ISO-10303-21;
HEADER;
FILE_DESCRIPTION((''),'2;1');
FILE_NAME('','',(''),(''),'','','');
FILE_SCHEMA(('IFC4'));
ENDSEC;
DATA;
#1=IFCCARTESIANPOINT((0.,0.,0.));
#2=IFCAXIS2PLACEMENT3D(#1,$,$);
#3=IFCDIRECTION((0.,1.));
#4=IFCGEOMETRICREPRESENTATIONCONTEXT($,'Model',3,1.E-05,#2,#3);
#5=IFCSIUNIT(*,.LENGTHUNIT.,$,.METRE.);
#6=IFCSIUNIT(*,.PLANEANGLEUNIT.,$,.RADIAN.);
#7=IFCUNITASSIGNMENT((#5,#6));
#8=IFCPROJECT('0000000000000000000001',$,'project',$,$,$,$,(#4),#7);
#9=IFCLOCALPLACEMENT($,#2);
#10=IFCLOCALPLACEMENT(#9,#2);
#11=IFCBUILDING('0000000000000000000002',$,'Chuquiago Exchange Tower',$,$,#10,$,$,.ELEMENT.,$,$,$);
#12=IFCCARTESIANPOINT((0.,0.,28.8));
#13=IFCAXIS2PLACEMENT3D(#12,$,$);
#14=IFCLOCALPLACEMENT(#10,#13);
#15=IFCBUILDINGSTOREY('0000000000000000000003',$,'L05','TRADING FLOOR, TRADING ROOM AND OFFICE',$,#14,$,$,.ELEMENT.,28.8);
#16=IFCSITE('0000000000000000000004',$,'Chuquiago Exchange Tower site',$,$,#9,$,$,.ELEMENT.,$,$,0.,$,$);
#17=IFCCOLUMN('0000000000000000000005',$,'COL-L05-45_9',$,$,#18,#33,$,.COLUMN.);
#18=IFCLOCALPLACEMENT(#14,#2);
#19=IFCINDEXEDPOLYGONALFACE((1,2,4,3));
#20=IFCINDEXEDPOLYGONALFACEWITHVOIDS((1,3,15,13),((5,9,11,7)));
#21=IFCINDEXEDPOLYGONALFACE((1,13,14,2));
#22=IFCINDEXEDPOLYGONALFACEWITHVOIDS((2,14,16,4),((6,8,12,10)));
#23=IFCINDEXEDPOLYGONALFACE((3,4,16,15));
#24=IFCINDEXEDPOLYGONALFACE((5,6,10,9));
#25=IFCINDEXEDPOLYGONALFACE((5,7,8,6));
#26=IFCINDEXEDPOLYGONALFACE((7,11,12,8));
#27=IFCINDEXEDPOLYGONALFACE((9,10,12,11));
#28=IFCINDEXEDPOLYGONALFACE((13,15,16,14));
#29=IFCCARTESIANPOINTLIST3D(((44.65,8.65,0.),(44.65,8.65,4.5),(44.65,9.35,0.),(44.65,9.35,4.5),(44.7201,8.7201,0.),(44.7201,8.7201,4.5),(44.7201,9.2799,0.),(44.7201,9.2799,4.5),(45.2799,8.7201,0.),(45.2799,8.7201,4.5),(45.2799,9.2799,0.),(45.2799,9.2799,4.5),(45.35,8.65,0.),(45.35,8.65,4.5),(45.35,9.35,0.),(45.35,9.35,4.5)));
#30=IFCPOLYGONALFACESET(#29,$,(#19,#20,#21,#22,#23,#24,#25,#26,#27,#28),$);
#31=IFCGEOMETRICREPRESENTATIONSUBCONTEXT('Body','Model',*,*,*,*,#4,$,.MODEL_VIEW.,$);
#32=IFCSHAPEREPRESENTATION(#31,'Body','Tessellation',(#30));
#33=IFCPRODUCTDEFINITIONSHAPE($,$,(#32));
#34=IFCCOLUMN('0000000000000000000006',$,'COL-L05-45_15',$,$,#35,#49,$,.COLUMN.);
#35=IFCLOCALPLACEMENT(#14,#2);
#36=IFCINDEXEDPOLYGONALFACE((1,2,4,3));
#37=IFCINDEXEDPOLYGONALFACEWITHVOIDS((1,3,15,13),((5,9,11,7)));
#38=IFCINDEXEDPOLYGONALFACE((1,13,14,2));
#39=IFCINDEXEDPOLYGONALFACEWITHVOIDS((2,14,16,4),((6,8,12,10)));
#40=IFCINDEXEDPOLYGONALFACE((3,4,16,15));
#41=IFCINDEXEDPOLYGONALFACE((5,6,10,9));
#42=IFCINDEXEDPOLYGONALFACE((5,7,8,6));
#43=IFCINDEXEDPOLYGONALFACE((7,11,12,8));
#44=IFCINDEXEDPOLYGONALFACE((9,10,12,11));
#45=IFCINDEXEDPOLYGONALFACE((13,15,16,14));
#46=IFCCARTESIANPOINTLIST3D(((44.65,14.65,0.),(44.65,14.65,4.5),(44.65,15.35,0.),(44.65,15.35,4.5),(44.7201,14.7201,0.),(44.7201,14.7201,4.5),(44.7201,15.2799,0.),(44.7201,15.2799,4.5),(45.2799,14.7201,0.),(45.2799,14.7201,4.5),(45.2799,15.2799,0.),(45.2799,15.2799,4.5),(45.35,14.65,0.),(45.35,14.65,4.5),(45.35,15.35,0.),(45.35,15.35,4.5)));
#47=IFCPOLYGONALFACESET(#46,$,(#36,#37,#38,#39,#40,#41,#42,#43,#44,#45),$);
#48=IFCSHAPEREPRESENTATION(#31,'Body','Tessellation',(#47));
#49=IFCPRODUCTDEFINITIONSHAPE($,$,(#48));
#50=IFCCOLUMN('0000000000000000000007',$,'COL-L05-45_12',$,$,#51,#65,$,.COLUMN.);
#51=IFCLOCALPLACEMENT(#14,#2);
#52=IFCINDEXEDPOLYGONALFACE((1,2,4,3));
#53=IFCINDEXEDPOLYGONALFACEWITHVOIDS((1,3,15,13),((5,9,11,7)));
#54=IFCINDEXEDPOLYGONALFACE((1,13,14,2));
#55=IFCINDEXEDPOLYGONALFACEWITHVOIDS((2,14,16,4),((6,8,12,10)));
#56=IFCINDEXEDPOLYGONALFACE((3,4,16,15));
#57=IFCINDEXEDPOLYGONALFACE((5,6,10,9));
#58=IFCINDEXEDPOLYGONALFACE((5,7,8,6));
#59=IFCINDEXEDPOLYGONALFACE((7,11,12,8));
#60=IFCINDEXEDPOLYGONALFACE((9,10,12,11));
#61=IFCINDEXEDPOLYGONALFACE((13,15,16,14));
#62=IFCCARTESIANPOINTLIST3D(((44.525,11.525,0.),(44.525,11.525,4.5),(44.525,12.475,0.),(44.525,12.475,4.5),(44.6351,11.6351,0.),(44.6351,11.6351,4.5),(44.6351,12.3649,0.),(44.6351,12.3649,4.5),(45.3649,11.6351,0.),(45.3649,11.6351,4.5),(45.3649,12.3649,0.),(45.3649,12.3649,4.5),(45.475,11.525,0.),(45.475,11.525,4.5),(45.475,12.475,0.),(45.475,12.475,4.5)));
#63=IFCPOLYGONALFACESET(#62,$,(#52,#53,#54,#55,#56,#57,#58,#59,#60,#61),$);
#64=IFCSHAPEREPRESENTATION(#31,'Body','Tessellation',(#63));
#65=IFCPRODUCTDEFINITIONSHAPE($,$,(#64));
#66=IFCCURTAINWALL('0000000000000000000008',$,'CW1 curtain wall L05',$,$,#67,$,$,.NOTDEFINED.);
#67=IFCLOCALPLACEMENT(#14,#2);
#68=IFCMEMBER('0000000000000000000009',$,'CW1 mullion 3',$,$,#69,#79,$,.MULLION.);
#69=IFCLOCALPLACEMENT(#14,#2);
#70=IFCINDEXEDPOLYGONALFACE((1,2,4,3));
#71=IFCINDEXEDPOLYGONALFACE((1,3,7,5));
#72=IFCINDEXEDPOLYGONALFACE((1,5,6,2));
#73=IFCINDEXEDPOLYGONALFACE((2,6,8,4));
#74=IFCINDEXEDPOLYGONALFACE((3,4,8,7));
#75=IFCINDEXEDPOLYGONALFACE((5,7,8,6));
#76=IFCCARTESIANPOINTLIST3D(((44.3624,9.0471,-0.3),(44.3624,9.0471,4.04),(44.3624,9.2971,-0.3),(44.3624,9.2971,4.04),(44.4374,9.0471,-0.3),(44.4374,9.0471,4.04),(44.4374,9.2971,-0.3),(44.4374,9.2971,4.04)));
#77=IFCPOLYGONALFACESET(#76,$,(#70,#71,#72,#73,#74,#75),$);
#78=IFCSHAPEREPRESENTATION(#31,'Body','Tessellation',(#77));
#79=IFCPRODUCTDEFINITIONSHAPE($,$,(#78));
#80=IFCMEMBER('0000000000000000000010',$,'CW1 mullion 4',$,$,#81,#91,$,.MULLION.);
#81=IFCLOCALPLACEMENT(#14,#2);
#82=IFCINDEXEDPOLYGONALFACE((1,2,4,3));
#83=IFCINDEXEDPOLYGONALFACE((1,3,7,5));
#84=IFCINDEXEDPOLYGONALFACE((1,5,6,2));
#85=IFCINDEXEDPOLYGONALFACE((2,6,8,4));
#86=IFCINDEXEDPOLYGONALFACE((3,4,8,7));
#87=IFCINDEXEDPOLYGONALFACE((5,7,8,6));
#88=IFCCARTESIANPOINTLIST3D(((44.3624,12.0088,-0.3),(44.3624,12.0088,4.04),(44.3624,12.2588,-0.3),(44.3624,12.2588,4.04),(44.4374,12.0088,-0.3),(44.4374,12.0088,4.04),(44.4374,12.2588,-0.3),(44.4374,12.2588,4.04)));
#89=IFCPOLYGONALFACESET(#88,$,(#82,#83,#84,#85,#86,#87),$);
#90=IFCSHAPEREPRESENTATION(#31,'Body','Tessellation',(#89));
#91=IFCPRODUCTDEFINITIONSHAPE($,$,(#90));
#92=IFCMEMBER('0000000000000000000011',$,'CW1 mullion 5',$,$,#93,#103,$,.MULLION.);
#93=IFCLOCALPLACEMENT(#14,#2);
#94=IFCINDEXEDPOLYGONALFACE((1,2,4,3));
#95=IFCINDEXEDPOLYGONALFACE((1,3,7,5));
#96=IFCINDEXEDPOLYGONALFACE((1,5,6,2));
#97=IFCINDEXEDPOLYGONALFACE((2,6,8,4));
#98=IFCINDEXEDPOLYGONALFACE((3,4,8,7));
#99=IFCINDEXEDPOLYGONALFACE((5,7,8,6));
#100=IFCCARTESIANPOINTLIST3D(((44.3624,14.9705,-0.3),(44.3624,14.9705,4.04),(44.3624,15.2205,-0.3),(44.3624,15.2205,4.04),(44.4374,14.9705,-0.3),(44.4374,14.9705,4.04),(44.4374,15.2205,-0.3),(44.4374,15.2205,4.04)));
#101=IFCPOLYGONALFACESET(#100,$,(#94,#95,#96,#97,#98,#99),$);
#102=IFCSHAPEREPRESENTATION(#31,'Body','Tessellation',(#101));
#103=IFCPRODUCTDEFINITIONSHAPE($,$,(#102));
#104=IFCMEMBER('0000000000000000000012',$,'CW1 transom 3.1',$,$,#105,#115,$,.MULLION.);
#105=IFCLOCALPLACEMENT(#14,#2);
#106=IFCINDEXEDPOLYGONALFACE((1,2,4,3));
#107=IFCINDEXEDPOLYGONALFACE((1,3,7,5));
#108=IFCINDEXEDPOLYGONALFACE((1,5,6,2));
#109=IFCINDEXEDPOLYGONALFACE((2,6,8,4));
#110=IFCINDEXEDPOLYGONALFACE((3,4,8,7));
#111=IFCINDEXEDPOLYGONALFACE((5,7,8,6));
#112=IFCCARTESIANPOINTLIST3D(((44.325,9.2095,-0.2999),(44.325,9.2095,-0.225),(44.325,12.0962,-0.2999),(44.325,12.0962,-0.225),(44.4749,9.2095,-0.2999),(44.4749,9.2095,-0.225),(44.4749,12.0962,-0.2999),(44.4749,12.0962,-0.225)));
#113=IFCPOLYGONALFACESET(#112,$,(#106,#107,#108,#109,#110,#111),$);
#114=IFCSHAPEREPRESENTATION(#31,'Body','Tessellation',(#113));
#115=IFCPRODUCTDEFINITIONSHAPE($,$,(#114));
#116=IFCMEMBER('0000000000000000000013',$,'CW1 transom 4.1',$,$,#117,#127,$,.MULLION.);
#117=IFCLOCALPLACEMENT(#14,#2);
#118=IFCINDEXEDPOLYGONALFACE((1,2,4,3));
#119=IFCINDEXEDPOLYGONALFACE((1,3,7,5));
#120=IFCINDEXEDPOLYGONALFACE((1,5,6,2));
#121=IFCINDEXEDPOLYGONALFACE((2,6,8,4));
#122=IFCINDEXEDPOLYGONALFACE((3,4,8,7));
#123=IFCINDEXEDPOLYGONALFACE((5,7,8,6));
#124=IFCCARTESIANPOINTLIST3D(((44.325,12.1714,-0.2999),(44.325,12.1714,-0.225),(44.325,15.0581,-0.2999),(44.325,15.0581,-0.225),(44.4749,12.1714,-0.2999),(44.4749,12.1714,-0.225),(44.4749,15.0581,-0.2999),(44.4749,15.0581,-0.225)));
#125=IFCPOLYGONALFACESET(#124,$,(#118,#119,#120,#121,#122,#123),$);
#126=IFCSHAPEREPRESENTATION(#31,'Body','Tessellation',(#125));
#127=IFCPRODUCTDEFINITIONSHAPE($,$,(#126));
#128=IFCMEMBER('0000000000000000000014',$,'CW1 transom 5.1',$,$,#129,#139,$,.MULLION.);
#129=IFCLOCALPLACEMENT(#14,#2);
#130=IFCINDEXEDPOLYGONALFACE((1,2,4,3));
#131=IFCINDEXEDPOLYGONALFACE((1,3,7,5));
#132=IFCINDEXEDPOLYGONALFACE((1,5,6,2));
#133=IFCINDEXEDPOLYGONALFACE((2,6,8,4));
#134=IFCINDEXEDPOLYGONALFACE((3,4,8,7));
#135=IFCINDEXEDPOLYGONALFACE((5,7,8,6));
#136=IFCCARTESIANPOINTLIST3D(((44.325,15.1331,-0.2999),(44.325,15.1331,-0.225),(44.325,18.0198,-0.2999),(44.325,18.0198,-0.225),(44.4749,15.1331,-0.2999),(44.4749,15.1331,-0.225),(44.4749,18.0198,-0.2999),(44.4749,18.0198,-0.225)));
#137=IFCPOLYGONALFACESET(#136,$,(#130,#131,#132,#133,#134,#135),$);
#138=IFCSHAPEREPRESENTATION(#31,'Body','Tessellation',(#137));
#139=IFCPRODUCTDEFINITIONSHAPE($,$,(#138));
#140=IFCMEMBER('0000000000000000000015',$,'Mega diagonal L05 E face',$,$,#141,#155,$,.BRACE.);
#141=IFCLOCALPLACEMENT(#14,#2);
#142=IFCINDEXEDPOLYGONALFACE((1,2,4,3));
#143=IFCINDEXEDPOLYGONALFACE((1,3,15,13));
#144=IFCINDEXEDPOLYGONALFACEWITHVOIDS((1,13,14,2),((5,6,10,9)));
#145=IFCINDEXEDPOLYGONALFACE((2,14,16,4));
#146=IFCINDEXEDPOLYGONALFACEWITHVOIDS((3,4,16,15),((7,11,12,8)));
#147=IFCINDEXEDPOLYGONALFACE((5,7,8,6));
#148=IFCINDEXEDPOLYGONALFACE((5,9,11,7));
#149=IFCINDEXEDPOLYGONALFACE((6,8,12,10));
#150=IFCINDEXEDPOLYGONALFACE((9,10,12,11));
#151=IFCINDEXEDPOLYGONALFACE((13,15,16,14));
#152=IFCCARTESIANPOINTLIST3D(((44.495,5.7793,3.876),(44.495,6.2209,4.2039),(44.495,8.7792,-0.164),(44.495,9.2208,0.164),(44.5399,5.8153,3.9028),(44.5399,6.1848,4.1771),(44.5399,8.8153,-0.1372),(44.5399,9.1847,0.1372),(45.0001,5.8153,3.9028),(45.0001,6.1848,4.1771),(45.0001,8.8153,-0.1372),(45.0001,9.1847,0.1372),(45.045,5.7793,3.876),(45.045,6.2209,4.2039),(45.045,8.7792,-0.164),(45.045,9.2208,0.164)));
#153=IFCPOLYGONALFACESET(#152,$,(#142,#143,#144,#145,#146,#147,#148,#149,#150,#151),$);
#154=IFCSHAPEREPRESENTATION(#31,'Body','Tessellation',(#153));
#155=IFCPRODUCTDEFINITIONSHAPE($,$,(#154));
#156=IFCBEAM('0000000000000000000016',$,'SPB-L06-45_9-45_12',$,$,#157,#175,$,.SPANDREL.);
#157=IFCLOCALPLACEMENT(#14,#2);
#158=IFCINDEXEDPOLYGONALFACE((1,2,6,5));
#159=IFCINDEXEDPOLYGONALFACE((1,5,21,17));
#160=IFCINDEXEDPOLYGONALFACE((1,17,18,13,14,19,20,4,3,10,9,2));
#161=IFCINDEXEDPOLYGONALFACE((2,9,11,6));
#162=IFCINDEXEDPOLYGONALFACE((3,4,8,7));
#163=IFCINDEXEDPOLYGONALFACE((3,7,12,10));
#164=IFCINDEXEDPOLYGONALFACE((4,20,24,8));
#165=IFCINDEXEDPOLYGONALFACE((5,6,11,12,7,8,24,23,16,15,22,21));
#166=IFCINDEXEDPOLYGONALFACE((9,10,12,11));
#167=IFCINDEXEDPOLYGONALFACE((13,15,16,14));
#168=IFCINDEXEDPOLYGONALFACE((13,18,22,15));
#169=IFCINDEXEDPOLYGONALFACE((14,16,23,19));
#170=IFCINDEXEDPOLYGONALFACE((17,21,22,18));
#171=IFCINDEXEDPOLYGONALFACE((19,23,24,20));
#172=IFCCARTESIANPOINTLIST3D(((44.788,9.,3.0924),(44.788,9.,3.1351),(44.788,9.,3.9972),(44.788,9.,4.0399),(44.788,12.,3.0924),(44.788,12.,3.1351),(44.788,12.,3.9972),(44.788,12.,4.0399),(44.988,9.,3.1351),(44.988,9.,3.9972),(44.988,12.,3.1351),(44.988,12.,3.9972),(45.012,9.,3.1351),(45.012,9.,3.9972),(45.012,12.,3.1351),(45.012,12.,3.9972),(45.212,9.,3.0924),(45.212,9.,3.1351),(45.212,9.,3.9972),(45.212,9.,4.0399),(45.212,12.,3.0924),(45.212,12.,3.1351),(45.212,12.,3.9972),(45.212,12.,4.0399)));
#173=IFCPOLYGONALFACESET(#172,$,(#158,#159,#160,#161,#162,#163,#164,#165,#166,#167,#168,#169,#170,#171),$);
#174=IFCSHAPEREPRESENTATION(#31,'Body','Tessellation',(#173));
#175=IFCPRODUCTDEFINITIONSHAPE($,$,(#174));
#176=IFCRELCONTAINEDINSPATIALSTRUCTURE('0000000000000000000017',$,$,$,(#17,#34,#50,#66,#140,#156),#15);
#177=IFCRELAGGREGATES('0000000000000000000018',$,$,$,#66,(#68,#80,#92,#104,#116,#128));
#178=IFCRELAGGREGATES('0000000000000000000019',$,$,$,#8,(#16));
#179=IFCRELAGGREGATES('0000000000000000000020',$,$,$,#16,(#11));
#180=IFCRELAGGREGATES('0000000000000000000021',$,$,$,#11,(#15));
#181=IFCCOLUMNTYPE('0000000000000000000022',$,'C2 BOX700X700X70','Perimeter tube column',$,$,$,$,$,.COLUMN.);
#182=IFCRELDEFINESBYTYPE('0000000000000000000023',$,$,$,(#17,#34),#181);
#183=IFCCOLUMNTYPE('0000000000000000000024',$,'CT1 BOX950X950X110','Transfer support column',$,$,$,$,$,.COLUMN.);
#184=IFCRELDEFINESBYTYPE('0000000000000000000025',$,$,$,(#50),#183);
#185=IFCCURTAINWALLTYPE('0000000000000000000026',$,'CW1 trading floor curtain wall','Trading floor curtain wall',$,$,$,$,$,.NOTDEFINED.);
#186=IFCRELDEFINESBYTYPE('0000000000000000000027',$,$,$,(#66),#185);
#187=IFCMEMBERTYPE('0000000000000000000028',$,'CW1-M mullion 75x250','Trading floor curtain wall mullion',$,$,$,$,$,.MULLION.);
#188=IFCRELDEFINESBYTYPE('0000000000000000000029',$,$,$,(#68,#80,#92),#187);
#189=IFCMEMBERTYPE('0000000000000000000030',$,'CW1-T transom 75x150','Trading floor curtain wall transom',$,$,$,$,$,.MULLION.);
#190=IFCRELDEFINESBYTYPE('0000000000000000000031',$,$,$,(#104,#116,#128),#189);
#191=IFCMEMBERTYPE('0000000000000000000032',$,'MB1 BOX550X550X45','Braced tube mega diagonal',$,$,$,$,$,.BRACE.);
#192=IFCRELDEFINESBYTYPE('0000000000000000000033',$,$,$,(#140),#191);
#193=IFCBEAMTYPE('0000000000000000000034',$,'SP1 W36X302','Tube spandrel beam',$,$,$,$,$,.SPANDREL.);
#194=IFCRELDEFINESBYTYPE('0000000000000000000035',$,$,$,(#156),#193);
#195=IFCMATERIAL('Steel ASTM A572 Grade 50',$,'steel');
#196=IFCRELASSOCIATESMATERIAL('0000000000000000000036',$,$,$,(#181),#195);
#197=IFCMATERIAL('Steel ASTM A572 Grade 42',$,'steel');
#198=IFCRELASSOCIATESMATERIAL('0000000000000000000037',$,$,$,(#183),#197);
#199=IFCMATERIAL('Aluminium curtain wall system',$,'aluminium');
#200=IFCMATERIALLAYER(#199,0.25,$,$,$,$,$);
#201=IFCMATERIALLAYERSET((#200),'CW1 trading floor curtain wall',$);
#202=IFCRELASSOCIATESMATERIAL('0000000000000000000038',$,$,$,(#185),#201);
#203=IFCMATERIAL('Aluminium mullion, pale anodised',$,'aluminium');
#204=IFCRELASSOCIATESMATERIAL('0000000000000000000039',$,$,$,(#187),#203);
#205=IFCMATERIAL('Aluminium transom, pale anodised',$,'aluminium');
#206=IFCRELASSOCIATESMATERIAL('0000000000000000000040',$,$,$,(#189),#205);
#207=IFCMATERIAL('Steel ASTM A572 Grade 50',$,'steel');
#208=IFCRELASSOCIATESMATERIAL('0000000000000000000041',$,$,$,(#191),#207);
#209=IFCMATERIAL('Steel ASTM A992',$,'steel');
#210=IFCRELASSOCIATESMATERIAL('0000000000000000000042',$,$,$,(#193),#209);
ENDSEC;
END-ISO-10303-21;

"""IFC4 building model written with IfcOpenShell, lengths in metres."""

from ifc_helpers import new_model, si_unit, direction, frame, origin, origin_2d, place, context, subcontext, project, spatial, rectangle, hollow_rectangle, i_section, extrude, material, layer, layer_set, material_profile, profile_set, type_object, element, aggregate, save


model = new_model("IFC4")

# Units and contexts
model_context = context("Model", 3, precision=1e-05, world=origin(), true_north=direction((0.0, 1.0)))
body_context = subcontext(model_context, "Body", "Model", "MODEL_VIEW")
ifc_project = project(units=[si_unit("LENGTHUNIT", "METRE"), si_unit("PLANEANGLEUNIT", "RADIAN")], contexts=[model_context])

# Site, building, storey
site_placement = place(None, origin())
site = spatial("IfcSite", under=ifc_project, at=site_placement, Name="Chuquiago Exchange Tower site", CompositionType="ELEMENT", RefElevation=0.0)
building_placement = place(site_placement, origin())
building = spatial("IfcBuilding", under=site, at=building_placement, Name="Chuquiago Exchange Tower", CompositionType="ELEMENT")
storey_placement = place(building_placement, frame((0.0, 0.0, 28.8)))
storey = spatial("IfcBuildingStorey", under=building, at=storey_placement, Name="L05", Description="TRADING FLOOR, TRADING ROOM AND OFFICE", CompositionType="ELEMENT", Elevation=28.8)

# Columns
ifc_material_1 = material(Name="Steel ASTM A572 Grade 50", Category="steel")
ifc_material_profile_1 = material_profile(ifc_material_1, hollow_rectangle(XDim=0.7, YDim=0.7, WallThickness=0.0701, at=origin_2d()), Name="BOX700X700X70")
ifc_profile_set_1 = profile_set([ifc_material_profile_1], Name="Steel ASTM A572 Grade 50")
column_type_1 = type_object("IfcColumnType", Name="C2 BOX700X700X70", Description="Perimeter tube column", PredefinedType="COLUMN", material=ifc_profile_set_1)
for number, where, z_axis, x_axis, name in (
    (1, (45.0, 9.0, 0.0), (0.0, 0.0, 1.0), (1.0, 0.0, 0.0), "COL-L05-45_9"),
    (2, (45.0, 15.0, 0.0), (0.0, 0.0, 1.0), (1.0, 0.0, 0.0), "COL-L05-45_15"),
):
    element("IfcColumn", number, at=place(storey_placement, frame(where, z_axis=z_axis, x_axis=x_axis)), inside=storey, type_object=column_type_1, Name=name, PredefinedType="COLUMN", context=body_context, shape_type="SweptSolid", body=[
        extrude(hollow_rectangle(XDim=0.7, YDim=0.7, WallThickness=0.0701, at=origin_2d()), origin(), (0.0, 0.0, 1.0), 4.5),
    ])
ifc_material_2 = material(Name="Steel ASTM A572 Grade 42", Category="steel")
ifc_material_profile_2 = material_profile(ifc_material_2, hollow_rectangle(XDim=0.95, YDim=0.95, WallThickness=0.1101, at=origin_2d()), Name="BOX950X950X110")
ifc_profile_set_2 = profile_set([ifc_material_profile_2], Name="Steel ASTM A572 Grade 42")
column_type_2 = type_object("IfcColumnType", Name="CT1 BOX950X950X110", Description="Transfer support column", PredefinedType="COLUMN", material=ifc_profile_set_2)
column_placement = place(storey_placement, frame((45.0, 12.0, 0.0), z_axis=(0.0, 0.0, 1.0), x_axis=(1.0, 0.0, 0.0)))
element("IfcColumn", 3, at=column_placement, inside=storey, type_object=column_type_2, Name="COL-L05-45_12", PredefinedType="COLUMN", context=body_context, shape_type="SweptSolid", body=[
    extrude(hollow_rectangle(XDim=0.95, YDim=0.95, WallThickness=0.1101, at=origin_2d()), origin(), (0.0, 0.0, 1.0), 4.5),
])

# Curtain wall, members
ifc_material_3 = material(Name="Aluminium curtain wall system", Category="aluminium")
ifc_layer_1 = layer(ifc_material_3, 0.25)
ifc_layer_set_1 = layer_set([ifc_layer_1], Name="CW1 trading floor curtain wall")
curtain_wall_type = type_object("IfcCurtainWallType", Name="CW1 trading floor curtain wall", Description="Trading floor curtain wall", PredefinedType="NOTDEFINED", material=ifc_layer_set_1)
curtain_wall_placement = place(storey_placement, origin())
curtain_wall = element("IfcCurtainWall", 4, at=curtain_wall_placement, inside=storey, type_object=curtain_wall_type, Name="CW1 curtain wall L05", PredefinedType="NOTDEFINED")
ifc_material_4 = material(Name="Aluminium mullion, pale anodised", Category="aluminium")
ifc_material_profile_3 = material_profile(ifc_material_4, rectangle(XDim=0.075, YDim=0.25, at=origin_2d()), Name="AL 75x250")
ifc_profile_set_3 = profile_set([ifc_material_profile_3], Name="Aluminium mullion, pale anodised")
member_type_1 = type_object("IfcMemberType", Name="CW1-M mullion 75x250", Description="Trading floor curtain wall mullion", PredefinedType="MULLION", material=ifc_profile_set_3)
member_1_placement = place(storey_placement, frame((44.3999, 9.1721, -0.3), z_axis=(0.0, 0.0, 1.0), x_axis=(-1.0, 0.0, 0.0)))
member_1 = element("IfcMember", 5, at=member_1_placement, type_object=member_type_1, Name="CW1 mullion 3", PredefinedType="MULLION", context=body_context, shape_type="SweptSolid", body=[
    extrude(rectangle(XDim=0.075, YDim=0.25, at=origin_2d()), origin(), (0.0, 0.0, 1.0), 4.3401),
])
member_2_placement = place(storey_placement, frame((44.3999, 12.1338, -0.3), z_axis=(0.0, 0.0, 1.0), x_axis=(-1.0, 0.0, 0.0)))
member_2 = element("IfcMember", 6, at=member_2_placement, type_object=member_type_1, Name="CW1 mullion 4", PredefinedType="MULLION", context=body_context, shape_type="SweptSolid", body=[
    extrude(rectangle(XDim=0.075, YDim=0.25, at=origin_2d()), origin(), (0.0, 0.0, 1.0), 4.3401),
])
member_3_placement = place(storey_placement, frame((44.3999, 15.0955, -0.3), z_axis=(0.0, 0.0, 1.0), x_axis=(-1.0, 0.0, 0.0)))
member_3 = element("IfcMember", 7, at=member_3_placement, type_object=member_type_1, Name="CW1 mullion 5", PredefinedType="MULLION", context=body_context, shape_type="SweptSolid", body=[
    extrude(rectangle(XDim=0.075, YDim=0.25, at=origin_2d()), origin(), (0.0, 0.0, 1.0), 4.3401),
])
ifc_material_5 = material(Name="Aluminium transom, pale anodised", Category="aluminium")
ifc_material_profile_4 = material_profile(ifc_material_5, rectangle(XDim=0.1499, YDim=0.075, at=origin_2d()), Name="AL 150x75")
ifc_profile_set_4 = profile_set([ifc_material_profile_4], Name="Aluminium transom, pale anodised")
member_type_2 = type_object("IfcMemberType", Name="CW1-T transom 75x150", Description="Trading floor curtain wall transom", PredefinedType="MULLION", material=ifc_profile_set_4)
member_4_placement = place(storey_placement, frame((44.3999, 9.2095, -0.2625), z_axis=(0.0, 1.0, 0.0), x_axis=(-1.0, 0.0, 0.0)))
member_4 = element("IfcMember", 8, at=member_4_placement, type_object=member_type_2, Name="CW1 transom 3.1", PredefinedType="MULLION", context=body_context, shape_type="SweptSolid", body=[
    extrude(rectangle(XDim=0.1499, YDim=0.075, at=origin_2d()), origin(), (0.0, 0.0, 1.0), 2.8867),
])
member_5_placement = place(storey_placement, frame((44.3999, 12.1714, -0.2625), z_axis=(0.0, 1.0, 0.0), x_axis=(-1.0, 0.0, 0.0)))
member_5 = element("IfcMember", 9, at=member_5_placement, type_object=member_type_2, Name="CW1 transom 4.1", PredefinedType="MULLION", context=body_context, shape_type="SweptSolid", body=[
    extrude(rectangle(XDim=0.1499, YDim=0.075, at=origin_2d()), origin(), (0.0, 0.0, 1.0), 2.8867),
])
member_6_placement = place(storey_placement, frame((44.3999, 15.1331, -0.2625), z_axis=(0.0, 1.0, 0.0), x_axis=(-1.0, 0.0, 0.0)))
member_6 = element("IfcMember", 10, at=member_6_placement, type_object=member_type_2, Name="CW1 transom 5.1", PredefinedType="MULLION", context=body_context, shape_type="SweptSolid", body=[
    extrude(rectangle(XDim=0.1499, YDim=0.075, at=origin_2d()), origin(), (0.0, 0.0, 1.0), 2.8867),
])

# Member
ifc_material_6 = material(Name="Steel ASTM A572 Grade 50", Category="steel")
ifc_material_profile_5 = material_profile(ifc_material_6, hollow_rectangle(XDim=0.55, YDim=0.55, WallThickness=0.0449, at=origin_2d()), Name="BOX550X550X45")
ifc_profile_set_5 = profile_set([ifc_material_profile_5], Name="Steel ASTM A572 Grade 50")
member_type_3 = type_object("IfcMemberType", Name="MB1 BOX550X550X45", Description="Braced tube mega diagonal", PredefinedType="BRACE", material=ifc_profile_set_5)
member_7_placement = place(storey_placement, frame((44.77, 9.0, 0.0), z_axis=(0.0, -0.596174, 0.802855), x_axis=(1.0, 0.0, 0.0)))
element("IfcMember", 11, at=member_7_placement, inside=storey, type_object=member_type_3, Name="Mega diagonal L05 E face", PredefinedType="BRACE", context=body_context, shape_type="SweptSolid", body=[
    extrude(hollow_rectangle(XDim=0.55, YDim=0.55, WallThickness=0.0449, at=origin_2d()), origin(), (0.0, 0.0, 1.0), 5.032),
])

# Beam
ifc_material_7 = material(Name="Steel ASTM A992", Category="steel")
ifc_material_profile_6 = material_profile(ifc_material_7, i_section(OverallWidth=0.4241, OverallDepth=0.9475, WebThickness=0.0239, FlangeThickness=0.0427, at=origin_2d()), Name="W36X302")
ifc_profile_set_6 = profile_set([ifc_material_profile_6], Name="Steel ASTM A992")
beam_type = type_object("IfcBeamType", Name="SP1 W36X302", Description="Tube spandrel beam", PredefinedType="SPANDREL", material=ifc_profile_set_6)
for number, where, z_axis, x_axis, name in (
    (12, (45.0, 9.0, 3.5662), (0.0, 1.0, 0.0), (-1.0, 0.0, 0.0), "SPB-L06-45_9-45_12"),
):
    element("IfcBeam", number, at=place(storey_placement, frame(where, z_axis=z_axis, x_axis=x_axis)), inside=storey, type_object=beam_type, Name=name, PredefinedType="SPANDREL", context=body_context, shape_type="SweptSolid", body=[
        extrude(i_section(OverallWidth=0.4241, OverallDepth=0.9475, WebThickness=0.0239, FlangeThickness=0.0427, at=origin_2d()), origin(), (0.0, 0.0, 1.0), 3.0),
    ])

aggregate(curtain_wall, [member_1, member_2, member_3, member_4, member_5, member_6])

save(model, "model.ifc")
